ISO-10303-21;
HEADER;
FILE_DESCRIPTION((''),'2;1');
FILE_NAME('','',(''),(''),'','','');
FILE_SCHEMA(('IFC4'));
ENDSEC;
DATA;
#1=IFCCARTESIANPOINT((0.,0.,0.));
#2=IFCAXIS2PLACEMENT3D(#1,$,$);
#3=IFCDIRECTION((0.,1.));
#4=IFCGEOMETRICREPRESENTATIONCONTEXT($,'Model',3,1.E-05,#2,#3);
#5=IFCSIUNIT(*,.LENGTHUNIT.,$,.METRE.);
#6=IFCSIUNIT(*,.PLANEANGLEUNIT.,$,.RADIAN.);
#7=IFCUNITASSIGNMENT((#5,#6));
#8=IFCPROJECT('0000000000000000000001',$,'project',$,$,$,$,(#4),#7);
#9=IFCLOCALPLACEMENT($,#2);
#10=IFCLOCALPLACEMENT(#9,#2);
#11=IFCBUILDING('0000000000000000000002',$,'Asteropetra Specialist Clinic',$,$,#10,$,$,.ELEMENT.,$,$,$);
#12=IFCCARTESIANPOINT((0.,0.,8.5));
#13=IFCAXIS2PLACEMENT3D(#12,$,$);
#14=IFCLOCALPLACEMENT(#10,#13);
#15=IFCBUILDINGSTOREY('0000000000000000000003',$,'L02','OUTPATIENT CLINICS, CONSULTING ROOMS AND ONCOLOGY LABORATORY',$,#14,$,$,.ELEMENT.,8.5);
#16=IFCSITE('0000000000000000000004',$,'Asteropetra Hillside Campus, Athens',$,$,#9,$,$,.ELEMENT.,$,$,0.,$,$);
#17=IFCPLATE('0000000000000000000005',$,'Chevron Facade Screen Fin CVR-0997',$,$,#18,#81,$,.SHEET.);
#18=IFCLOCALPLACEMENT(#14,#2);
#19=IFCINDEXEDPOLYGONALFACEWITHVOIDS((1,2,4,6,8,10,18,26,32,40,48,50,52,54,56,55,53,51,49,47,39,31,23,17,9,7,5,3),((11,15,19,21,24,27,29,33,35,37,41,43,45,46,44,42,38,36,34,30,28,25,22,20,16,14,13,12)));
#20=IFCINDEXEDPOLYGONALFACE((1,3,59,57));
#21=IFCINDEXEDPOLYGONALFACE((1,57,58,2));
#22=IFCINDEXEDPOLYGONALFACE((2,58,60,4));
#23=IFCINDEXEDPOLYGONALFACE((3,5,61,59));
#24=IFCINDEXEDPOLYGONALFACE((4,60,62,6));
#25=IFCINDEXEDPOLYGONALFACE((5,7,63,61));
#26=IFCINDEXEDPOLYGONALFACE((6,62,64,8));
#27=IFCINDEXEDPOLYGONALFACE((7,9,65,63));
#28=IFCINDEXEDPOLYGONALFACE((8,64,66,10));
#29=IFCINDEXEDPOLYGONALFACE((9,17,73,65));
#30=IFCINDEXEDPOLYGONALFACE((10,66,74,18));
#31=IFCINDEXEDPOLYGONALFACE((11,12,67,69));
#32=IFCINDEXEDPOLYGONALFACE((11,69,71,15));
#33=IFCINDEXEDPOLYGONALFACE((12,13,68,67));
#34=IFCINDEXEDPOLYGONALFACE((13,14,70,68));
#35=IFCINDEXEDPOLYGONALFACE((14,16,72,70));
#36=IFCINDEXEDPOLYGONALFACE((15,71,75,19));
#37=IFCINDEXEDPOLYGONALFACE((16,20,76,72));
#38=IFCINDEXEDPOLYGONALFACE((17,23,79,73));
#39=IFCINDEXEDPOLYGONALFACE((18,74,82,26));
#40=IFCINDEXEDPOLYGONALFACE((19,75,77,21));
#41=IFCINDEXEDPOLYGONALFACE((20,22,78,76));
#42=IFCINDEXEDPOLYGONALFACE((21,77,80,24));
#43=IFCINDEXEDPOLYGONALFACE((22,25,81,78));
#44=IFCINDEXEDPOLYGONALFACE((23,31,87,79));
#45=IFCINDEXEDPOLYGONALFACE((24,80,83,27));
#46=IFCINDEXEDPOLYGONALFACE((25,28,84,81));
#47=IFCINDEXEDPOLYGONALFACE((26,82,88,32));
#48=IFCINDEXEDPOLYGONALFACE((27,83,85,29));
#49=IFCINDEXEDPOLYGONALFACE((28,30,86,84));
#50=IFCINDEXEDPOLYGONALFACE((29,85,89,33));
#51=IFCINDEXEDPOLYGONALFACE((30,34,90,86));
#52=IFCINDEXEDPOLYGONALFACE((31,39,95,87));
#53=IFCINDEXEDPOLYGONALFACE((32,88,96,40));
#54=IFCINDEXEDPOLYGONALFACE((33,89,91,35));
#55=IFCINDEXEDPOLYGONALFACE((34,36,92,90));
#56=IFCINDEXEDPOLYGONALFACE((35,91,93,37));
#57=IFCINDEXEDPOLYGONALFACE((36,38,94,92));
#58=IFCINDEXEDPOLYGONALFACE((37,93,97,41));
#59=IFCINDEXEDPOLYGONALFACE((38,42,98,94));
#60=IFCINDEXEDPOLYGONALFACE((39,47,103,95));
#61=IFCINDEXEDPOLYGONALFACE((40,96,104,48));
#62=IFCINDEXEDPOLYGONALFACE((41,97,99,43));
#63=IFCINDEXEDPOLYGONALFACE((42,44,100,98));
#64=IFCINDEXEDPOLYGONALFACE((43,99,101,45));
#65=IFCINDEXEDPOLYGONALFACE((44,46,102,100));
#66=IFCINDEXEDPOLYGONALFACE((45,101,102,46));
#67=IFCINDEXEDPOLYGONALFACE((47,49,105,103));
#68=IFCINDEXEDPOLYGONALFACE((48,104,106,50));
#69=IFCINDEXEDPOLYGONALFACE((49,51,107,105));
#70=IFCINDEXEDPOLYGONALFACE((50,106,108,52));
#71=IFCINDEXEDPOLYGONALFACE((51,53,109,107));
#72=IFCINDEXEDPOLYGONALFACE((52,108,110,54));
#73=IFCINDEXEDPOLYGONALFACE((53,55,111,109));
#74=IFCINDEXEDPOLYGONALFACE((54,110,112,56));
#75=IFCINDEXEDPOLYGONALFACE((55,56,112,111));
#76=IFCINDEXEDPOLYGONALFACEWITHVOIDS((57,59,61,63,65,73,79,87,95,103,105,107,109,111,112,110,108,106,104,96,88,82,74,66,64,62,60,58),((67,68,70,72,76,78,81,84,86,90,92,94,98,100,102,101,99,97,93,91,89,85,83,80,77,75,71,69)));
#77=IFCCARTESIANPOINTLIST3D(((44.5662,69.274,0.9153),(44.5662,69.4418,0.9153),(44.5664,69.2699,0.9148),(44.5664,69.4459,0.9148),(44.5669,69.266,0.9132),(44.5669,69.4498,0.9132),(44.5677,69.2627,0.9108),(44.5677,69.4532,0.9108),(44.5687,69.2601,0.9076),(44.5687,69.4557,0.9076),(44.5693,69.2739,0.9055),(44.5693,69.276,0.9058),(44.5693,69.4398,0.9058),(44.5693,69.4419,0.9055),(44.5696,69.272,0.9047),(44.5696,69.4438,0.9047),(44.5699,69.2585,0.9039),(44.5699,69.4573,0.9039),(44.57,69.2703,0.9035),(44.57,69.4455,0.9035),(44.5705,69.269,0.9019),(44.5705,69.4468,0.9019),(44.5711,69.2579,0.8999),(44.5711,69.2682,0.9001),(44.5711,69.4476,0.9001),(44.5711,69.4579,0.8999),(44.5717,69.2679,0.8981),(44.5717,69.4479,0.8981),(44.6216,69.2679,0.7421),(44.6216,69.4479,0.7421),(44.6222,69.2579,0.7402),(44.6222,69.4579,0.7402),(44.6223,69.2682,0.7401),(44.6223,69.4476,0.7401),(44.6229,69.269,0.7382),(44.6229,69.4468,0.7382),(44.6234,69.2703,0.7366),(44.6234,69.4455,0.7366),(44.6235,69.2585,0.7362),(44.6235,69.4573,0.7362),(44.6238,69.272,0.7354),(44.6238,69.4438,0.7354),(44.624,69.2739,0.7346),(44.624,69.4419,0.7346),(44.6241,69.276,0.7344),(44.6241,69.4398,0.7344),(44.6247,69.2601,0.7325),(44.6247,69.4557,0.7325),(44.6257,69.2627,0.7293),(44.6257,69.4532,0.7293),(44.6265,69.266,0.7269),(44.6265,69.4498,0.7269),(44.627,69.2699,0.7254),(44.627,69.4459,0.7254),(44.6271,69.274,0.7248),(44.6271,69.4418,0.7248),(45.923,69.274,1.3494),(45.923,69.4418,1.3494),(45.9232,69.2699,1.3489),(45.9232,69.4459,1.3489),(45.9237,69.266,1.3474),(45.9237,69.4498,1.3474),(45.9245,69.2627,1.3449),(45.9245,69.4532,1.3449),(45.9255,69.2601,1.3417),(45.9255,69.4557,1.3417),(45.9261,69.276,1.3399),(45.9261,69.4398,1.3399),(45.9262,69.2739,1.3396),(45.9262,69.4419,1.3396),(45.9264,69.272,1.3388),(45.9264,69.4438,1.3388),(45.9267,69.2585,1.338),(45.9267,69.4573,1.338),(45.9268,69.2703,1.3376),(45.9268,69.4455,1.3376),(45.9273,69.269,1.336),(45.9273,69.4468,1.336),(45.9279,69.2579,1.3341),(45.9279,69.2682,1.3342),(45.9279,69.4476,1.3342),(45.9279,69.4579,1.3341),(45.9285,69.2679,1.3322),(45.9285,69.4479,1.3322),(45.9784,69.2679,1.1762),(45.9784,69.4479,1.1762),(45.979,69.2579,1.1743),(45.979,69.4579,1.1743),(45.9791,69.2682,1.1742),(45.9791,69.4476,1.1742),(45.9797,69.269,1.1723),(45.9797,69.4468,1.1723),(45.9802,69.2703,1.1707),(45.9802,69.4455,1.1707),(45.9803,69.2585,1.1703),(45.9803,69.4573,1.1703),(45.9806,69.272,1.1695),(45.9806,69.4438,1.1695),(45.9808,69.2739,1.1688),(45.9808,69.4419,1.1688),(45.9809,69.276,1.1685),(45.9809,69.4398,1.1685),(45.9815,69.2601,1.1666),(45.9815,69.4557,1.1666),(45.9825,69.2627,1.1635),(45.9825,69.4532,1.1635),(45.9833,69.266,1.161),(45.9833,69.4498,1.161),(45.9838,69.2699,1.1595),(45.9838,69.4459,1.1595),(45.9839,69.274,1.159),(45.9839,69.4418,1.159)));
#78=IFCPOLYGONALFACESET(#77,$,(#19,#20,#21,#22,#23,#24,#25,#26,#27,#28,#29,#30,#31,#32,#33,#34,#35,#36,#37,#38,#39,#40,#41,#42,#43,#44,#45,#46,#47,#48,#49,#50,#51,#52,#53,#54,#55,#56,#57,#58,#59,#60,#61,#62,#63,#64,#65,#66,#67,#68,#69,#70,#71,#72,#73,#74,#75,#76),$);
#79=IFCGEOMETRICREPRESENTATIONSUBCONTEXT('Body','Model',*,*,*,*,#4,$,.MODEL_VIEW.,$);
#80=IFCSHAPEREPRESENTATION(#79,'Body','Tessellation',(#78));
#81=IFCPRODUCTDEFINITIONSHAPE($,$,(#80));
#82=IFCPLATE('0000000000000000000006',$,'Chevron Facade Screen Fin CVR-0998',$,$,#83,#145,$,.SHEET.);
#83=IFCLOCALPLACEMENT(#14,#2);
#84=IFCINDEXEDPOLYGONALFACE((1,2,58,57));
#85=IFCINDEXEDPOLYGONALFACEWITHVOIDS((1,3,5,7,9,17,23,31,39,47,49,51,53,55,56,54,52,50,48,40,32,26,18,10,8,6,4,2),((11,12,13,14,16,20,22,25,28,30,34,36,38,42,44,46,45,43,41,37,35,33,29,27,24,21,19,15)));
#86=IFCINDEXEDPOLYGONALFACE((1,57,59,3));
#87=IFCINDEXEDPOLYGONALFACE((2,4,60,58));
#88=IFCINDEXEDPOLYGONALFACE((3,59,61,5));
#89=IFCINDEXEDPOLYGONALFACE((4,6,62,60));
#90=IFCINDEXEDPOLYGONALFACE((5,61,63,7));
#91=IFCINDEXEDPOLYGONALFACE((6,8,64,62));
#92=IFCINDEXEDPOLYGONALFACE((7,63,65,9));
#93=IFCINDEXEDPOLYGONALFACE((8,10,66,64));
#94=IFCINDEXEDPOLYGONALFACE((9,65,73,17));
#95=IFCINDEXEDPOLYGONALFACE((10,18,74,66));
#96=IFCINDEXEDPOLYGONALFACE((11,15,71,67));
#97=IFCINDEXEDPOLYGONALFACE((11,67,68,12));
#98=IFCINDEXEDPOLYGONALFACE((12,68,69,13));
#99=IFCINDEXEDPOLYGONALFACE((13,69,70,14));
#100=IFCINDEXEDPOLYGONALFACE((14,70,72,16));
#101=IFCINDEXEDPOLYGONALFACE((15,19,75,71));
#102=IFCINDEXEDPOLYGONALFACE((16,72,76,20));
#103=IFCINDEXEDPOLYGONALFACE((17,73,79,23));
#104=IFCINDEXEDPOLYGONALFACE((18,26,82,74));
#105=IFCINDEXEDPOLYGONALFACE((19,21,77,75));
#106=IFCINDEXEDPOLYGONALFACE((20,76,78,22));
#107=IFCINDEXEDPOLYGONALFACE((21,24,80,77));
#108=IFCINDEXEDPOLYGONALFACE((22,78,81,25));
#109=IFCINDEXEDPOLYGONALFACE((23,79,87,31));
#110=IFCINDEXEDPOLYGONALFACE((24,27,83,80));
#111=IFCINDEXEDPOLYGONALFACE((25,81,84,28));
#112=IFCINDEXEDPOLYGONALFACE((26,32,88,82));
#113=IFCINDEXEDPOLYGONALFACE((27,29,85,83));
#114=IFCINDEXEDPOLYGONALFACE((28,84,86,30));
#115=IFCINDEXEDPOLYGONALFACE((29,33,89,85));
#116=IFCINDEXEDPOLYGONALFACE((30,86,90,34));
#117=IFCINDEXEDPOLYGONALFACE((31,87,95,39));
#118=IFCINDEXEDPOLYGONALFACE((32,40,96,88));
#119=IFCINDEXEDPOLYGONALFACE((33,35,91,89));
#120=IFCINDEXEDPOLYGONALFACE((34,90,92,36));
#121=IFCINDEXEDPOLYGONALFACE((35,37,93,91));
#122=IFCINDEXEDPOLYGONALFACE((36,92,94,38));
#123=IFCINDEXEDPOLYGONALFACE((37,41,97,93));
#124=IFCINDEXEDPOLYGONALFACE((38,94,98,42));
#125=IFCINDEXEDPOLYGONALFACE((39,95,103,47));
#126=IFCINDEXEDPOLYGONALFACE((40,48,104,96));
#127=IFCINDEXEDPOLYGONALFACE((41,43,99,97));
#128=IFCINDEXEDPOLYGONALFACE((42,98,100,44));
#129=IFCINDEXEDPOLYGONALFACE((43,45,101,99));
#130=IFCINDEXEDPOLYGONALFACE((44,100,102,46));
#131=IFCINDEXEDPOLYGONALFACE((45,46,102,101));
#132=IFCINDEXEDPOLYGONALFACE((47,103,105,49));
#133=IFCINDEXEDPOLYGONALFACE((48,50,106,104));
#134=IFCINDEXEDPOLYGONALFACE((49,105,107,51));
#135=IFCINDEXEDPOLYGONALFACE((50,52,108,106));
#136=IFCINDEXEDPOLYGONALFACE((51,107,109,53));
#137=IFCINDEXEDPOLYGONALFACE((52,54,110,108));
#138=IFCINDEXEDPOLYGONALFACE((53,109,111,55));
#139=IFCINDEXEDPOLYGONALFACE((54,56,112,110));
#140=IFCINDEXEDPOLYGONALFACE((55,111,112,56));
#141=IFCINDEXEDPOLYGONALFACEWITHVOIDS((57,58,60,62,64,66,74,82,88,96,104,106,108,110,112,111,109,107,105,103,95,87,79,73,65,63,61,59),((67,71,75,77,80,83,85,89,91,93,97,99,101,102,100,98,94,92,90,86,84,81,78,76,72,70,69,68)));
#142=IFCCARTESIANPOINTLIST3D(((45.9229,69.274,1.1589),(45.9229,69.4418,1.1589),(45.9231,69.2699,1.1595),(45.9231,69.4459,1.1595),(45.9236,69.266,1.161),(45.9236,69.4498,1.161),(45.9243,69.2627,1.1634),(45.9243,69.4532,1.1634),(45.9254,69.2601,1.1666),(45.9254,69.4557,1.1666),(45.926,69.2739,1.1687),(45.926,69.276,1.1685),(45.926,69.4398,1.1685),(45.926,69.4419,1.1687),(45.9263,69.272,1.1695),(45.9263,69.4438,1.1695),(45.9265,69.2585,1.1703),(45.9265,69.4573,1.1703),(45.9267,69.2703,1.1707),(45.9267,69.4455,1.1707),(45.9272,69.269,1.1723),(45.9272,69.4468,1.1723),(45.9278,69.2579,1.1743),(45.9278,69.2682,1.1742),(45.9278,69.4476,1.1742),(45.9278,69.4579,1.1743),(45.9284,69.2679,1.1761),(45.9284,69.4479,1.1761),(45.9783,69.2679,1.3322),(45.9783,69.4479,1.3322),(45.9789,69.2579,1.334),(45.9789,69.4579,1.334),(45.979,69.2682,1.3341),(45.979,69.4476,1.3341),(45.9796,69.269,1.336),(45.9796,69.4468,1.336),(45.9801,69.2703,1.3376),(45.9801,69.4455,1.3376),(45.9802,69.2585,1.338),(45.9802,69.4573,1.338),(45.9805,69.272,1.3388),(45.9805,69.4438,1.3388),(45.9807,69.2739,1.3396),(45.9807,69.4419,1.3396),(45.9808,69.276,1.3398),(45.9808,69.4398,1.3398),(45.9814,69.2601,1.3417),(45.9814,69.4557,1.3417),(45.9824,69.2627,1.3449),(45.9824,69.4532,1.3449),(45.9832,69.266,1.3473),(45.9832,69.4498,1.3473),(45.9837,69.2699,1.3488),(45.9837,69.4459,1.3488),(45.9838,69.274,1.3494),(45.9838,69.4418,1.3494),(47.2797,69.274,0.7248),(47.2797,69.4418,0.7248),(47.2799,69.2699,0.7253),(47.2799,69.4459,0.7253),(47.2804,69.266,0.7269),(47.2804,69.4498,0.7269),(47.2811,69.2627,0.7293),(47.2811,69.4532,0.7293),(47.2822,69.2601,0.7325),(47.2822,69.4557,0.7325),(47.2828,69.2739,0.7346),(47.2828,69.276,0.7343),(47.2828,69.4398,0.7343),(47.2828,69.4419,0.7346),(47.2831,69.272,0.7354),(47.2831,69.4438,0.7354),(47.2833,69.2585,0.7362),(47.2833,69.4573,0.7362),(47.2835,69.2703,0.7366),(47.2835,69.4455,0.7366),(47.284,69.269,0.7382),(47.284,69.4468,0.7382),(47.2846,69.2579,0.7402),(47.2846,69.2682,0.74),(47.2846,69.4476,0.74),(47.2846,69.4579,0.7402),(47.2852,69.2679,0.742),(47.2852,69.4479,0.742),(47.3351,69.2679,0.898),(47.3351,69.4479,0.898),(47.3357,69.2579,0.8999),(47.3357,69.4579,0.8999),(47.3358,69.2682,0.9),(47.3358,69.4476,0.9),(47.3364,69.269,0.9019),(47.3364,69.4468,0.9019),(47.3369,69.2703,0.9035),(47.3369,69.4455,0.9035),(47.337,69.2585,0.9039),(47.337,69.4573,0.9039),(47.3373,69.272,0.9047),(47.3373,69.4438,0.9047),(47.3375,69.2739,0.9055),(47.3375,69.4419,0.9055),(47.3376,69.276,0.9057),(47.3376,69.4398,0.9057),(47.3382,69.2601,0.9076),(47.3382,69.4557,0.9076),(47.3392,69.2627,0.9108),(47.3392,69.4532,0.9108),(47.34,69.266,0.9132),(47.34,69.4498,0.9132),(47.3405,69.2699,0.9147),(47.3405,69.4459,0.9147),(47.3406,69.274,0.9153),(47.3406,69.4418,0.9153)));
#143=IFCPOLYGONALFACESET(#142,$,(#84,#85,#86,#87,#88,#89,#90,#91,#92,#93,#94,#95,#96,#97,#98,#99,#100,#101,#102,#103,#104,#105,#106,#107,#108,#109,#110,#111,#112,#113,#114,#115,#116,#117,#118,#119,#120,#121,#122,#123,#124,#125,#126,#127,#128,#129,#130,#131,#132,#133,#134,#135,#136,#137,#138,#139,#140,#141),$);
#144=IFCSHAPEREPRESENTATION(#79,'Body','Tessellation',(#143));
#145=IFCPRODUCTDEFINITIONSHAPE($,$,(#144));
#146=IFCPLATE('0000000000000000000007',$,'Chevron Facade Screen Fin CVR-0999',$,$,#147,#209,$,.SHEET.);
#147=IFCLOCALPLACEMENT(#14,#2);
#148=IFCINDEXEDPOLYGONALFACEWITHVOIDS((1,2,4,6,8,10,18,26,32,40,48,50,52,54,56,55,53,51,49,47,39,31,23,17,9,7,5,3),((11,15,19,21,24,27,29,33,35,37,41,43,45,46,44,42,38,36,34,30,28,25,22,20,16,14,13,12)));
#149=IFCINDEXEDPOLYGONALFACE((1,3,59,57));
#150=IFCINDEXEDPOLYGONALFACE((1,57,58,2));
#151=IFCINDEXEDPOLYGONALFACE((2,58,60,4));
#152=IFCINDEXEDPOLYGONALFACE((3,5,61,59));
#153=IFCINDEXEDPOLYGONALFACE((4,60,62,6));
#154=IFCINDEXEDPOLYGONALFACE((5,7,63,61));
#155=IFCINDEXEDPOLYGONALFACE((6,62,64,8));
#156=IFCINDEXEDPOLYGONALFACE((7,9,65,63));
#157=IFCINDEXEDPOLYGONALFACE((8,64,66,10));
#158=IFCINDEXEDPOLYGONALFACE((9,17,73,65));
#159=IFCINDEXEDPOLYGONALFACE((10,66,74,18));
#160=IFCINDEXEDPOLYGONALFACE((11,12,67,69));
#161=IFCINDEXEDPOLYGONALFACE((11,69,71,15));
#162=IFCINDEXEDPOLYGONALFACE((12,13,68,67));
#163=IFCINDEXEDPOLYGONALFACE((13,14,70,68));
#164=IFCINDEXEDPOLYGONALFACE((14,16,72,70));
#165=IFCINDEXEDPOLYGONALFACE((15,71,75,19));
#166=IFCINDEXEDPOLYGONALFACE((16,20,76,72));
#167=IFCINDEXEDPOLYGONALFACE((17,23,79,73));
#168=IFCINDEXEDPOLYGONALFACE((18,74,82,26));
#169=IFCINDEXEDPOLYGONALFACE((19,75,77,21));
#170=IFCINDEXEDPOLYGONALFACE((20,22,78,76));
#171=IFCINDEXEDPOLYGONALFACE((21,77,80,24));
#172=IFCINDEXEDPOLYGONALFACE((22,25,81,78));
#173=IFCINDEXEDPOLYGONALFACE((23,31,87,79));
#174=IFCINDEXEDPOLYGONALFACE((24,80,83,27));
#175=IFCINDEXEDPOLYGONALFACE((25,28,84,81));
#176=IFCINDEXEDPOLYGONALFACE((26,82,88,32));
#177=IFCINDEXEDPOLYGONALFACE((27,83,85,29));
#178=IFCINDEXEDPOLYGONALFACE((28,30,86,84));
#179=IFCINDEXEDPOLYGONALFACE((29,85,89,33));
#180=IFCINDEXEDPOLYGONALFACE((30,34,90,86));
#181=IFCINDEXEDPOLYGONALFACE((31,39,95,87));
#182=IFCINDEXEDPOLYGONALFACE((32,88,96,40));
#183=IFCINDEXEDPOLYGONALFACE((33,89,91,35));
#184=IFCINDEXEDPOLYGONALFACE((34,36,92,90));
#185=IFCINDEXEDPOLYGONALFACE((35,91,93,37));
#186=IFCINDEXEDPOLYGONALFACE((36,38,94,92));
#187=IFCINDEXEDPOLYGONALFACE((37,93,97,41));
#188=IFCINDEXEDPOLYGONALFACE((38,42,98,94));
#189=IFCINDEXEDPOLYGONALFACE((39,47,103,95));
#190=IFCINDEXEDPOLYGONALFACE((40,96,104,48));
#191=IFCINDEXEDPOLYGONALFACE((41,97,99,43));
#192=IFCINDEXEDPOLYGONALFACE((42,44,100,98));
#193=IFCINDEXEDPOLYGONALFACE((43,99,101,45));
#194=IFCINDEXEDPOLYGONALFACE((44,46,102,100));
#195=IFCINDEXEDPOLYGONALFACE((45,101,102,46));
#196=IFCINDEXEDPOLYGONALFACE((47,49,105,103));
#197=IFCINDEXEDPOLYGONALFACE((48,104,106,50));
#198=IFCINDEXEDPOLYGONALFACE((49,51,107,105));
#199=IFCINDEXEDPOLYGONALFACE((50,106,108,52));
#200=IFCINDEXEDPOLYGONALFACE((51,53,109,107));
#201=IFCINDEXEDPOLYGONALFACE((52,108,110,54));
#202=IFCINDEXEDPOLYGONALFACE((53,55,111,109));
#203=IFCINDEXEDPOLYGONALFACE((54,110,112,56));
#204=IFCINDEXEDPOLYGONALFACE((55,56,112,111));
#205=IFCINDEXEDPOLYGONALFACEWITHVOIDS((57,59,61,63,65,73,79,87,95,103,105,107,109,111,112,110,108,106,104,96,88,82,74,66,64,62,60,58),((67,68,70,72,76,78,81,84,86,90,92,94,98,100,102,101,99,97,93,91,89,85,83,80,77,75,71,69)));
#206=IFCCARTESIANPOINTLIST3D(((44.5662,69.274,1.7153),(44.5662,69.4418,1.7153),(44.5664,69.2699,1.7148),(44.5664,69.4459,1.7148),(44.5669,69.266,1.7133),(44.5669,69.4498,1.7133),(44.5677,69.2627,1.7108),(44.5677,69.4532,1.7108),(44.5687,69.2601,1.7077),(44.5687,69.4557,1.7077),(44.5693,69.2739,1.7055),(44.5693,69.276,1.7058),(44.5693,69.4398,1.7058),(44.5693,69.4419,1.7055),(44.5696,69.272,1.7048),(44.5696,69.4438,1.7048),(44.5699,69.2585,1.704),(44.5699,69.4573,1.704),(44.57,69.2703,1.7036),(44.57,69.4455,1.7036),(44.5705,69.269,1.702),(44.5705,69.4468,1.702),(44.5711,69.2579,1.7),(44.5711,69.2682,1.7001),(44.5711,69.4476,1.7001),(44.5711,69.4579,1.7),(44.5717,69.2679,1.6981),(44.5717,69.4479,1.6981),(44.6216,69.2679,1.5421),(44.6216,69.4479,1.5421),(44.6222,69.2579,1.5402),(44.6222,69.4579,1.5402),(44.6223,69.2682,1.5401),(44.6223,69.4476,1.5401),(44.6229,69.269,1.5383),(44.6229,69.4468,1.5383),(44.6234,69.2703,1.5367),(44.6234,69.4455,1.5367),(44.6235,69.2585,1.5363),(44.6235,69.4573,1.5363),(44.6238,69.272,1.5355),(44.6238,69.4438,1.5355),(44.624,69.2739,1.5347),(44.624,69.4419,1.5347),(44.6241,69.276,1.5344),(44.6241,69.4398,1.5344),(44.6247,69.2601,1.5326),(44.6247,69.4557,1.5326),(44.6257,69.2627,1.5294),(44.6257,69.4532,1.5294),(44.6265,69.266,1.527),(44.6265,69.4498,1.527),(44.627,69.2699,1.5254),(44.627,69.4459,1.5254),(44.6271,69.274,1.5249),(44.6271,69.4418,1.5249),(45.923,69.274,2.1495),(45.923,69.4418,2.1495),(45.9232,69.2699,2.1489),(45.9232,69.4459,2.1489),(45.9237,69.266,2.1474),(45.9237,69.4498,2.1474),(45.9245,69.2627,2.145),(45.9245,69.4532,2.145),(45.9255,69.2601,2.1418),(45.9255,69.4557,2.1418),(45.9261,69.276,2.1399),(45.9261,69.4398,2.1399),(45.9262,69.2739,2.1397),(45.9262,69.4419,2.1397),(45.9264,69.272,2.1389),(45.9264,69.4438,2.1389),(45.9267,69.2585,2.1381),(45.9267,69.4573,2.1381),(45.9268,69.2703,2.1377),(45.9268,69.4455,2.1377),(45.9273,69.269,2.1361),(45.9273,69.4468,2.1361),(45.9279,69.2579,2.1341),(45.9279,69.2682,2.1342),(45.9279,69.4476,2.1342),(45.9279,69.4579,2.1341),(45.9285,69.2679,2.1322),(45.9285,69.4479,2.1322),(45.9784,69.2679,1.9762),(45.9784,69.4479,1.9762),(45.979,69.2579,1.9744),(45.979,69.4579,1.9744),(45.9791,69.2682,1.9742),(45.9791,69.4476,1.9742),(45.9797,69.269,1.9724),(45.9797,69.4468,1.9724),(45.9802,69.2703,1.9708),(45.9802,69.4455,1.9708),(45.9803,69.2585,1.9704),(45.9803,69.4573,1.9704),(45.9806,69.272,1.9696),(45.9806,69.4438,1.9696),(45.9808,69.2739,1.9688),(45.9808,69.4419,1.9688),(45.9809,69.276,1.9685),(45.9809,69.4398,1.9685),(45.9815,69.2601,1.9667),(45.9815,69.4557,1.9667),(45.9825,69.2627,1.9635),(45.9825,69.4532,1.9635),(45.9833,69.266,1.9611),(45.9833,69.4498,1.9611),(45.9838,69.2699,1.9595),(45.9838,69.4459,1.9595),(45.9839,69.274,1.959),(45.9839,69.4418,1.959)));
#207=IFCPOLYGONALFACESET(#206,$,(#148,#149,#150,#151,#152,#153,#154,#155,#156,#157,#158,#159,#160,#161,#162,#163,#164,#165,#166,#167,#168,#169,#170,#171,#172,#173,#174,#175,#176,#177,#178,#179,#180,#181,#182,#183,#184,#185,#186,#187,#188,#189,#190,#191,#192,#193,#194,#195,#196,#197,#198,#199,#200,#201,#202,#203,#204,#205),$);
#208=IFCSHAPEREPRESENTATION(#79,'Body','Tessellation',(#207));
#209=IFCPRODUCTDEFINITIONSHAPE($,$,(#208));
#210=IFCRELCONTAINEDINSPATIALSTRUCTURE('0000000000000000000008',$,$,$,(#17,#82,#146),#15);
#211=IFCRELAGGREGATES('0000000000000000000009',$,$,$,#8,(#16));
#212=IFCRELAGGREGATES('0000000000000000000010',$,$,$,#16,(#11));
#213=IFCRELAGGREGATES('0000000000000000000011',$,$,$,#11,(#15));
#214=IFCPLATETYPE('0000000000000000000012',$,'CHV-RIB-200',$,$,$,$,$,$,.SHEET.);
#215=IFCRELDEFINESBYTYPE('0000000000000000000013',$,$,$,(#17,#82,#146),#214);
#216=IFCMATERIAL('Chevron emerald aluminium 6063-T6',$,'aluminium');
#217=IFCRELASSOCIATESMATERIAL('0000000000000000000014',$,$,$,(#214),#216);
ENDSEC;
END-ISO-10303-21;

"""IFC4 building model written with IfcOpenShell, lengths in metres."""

from ifc_helpers import new_model, si_unit, direction, frame, origin, origin_2d, place, context, subcontext, project, spatial, hollow_rectangle, extrude, material, material_profile, profile_set, type_object, element, save


model = new_model("IFC4")

# Units and contexts
model_context = context("Model", 3, precision=1e-05, world=origin(), true_north=direction((0.0, 1.0)))
body_context = subcontext(model_context, "Body", "Model", "MODEL_VIEW")
ifc_project = project(units=[si_unit("LENGTHUNIT", "METRE"), si_unit("PLANEANGLEUNIT", "RADIAN")], contexts=[model_context])

# Site, building, storey
site_placement = place(None, origin())
site = spatial("IfcSite", under=ifc_project, at=site_placement, Name="Asteropetra Hillside Campus, Athens", CompositionType="ELEMENT", RefElevation=0.0)
building_placement = place(site_placement, origin())
building = spatial("IfcBuilding", under=site, at=building_placement, Name="Asteropetra Specialist Clinic", CompositionType="ELEMENT")
storey_placement = place(building_placement, frame((0.0, 0.0, 8.5)))
storey = spatial("IfcBuildingStorey", under=building, at=storey_placement, Name="L02", Description="OUTPATIENT CLINICS, CONSULTING ROOMS AND ONCOLOGY LABORATORY", CompositionType="ELEMENT", Elevation=8.5)

# Plates
ifc_material_1 = material(Name="Chevron emerald aluminium 6063-T6", Category="aluminium")
ifc_material_profile = material_profile(ifc_material_1, hollow_rectangle(XDim=0.2, YDim=0.2, WallThickness=0.01, InnerFilletRadius=0.0081, OuterFilletRadius=0.0161, at=origin_2d()), Name="SHS 200x200x10.0")
ifc_profile_set = profile_set([ifc_material_profile], Name="Chevron emerald aluminium 6063-T6")
plate_type_1 = type_object("IfcPlateType", Name="CHV-RIB-200", PredefinedType="SHEET", material=ifc_profile_set)
for number, where, z_axis, x_axis, name in (
    (1, (44.5967, 69.3579, 0.8201), (0.952436, 0.0, 0.304738), (0.0, 1.0, 0.0), "Chevron Facade Screen Fin CVR-0997"),
    (2, (45.9534, 69.3579, 1.2542), (0.952436, 0.0, -0.304738), (0.0, 1.0, 0.0), "Chevron Facade Screen Fin CVR-0998"),
    (3, (44.5967, 69.3579, 1.6201), (0.952436, 0.0, 0.304738), (0.0, 1.0, 0.0), "Chevron Facade Screen Fin CVR-0999"),
):
    element("IfcPlate", number, at=place(storey_placement, frame(where, z_axis=z_axis, x_axis=x_axis)), inside=storey, type_object=plate_type_1, Name=name, PredefinedType="SHEET", context=body_context, shape_type="SweptSolid", body=[
        extrude(hollow_rectangle(XDim=0.2, YDim=0.2, WallThickness=0.01, InnerFilletRadius=0.0081, OuterFilletRadius=0.0161, at=origin_2d()), origin(), (0.0, 0.0, 1.0), 1.4246),
    ])

save(model, "model.ifc")
